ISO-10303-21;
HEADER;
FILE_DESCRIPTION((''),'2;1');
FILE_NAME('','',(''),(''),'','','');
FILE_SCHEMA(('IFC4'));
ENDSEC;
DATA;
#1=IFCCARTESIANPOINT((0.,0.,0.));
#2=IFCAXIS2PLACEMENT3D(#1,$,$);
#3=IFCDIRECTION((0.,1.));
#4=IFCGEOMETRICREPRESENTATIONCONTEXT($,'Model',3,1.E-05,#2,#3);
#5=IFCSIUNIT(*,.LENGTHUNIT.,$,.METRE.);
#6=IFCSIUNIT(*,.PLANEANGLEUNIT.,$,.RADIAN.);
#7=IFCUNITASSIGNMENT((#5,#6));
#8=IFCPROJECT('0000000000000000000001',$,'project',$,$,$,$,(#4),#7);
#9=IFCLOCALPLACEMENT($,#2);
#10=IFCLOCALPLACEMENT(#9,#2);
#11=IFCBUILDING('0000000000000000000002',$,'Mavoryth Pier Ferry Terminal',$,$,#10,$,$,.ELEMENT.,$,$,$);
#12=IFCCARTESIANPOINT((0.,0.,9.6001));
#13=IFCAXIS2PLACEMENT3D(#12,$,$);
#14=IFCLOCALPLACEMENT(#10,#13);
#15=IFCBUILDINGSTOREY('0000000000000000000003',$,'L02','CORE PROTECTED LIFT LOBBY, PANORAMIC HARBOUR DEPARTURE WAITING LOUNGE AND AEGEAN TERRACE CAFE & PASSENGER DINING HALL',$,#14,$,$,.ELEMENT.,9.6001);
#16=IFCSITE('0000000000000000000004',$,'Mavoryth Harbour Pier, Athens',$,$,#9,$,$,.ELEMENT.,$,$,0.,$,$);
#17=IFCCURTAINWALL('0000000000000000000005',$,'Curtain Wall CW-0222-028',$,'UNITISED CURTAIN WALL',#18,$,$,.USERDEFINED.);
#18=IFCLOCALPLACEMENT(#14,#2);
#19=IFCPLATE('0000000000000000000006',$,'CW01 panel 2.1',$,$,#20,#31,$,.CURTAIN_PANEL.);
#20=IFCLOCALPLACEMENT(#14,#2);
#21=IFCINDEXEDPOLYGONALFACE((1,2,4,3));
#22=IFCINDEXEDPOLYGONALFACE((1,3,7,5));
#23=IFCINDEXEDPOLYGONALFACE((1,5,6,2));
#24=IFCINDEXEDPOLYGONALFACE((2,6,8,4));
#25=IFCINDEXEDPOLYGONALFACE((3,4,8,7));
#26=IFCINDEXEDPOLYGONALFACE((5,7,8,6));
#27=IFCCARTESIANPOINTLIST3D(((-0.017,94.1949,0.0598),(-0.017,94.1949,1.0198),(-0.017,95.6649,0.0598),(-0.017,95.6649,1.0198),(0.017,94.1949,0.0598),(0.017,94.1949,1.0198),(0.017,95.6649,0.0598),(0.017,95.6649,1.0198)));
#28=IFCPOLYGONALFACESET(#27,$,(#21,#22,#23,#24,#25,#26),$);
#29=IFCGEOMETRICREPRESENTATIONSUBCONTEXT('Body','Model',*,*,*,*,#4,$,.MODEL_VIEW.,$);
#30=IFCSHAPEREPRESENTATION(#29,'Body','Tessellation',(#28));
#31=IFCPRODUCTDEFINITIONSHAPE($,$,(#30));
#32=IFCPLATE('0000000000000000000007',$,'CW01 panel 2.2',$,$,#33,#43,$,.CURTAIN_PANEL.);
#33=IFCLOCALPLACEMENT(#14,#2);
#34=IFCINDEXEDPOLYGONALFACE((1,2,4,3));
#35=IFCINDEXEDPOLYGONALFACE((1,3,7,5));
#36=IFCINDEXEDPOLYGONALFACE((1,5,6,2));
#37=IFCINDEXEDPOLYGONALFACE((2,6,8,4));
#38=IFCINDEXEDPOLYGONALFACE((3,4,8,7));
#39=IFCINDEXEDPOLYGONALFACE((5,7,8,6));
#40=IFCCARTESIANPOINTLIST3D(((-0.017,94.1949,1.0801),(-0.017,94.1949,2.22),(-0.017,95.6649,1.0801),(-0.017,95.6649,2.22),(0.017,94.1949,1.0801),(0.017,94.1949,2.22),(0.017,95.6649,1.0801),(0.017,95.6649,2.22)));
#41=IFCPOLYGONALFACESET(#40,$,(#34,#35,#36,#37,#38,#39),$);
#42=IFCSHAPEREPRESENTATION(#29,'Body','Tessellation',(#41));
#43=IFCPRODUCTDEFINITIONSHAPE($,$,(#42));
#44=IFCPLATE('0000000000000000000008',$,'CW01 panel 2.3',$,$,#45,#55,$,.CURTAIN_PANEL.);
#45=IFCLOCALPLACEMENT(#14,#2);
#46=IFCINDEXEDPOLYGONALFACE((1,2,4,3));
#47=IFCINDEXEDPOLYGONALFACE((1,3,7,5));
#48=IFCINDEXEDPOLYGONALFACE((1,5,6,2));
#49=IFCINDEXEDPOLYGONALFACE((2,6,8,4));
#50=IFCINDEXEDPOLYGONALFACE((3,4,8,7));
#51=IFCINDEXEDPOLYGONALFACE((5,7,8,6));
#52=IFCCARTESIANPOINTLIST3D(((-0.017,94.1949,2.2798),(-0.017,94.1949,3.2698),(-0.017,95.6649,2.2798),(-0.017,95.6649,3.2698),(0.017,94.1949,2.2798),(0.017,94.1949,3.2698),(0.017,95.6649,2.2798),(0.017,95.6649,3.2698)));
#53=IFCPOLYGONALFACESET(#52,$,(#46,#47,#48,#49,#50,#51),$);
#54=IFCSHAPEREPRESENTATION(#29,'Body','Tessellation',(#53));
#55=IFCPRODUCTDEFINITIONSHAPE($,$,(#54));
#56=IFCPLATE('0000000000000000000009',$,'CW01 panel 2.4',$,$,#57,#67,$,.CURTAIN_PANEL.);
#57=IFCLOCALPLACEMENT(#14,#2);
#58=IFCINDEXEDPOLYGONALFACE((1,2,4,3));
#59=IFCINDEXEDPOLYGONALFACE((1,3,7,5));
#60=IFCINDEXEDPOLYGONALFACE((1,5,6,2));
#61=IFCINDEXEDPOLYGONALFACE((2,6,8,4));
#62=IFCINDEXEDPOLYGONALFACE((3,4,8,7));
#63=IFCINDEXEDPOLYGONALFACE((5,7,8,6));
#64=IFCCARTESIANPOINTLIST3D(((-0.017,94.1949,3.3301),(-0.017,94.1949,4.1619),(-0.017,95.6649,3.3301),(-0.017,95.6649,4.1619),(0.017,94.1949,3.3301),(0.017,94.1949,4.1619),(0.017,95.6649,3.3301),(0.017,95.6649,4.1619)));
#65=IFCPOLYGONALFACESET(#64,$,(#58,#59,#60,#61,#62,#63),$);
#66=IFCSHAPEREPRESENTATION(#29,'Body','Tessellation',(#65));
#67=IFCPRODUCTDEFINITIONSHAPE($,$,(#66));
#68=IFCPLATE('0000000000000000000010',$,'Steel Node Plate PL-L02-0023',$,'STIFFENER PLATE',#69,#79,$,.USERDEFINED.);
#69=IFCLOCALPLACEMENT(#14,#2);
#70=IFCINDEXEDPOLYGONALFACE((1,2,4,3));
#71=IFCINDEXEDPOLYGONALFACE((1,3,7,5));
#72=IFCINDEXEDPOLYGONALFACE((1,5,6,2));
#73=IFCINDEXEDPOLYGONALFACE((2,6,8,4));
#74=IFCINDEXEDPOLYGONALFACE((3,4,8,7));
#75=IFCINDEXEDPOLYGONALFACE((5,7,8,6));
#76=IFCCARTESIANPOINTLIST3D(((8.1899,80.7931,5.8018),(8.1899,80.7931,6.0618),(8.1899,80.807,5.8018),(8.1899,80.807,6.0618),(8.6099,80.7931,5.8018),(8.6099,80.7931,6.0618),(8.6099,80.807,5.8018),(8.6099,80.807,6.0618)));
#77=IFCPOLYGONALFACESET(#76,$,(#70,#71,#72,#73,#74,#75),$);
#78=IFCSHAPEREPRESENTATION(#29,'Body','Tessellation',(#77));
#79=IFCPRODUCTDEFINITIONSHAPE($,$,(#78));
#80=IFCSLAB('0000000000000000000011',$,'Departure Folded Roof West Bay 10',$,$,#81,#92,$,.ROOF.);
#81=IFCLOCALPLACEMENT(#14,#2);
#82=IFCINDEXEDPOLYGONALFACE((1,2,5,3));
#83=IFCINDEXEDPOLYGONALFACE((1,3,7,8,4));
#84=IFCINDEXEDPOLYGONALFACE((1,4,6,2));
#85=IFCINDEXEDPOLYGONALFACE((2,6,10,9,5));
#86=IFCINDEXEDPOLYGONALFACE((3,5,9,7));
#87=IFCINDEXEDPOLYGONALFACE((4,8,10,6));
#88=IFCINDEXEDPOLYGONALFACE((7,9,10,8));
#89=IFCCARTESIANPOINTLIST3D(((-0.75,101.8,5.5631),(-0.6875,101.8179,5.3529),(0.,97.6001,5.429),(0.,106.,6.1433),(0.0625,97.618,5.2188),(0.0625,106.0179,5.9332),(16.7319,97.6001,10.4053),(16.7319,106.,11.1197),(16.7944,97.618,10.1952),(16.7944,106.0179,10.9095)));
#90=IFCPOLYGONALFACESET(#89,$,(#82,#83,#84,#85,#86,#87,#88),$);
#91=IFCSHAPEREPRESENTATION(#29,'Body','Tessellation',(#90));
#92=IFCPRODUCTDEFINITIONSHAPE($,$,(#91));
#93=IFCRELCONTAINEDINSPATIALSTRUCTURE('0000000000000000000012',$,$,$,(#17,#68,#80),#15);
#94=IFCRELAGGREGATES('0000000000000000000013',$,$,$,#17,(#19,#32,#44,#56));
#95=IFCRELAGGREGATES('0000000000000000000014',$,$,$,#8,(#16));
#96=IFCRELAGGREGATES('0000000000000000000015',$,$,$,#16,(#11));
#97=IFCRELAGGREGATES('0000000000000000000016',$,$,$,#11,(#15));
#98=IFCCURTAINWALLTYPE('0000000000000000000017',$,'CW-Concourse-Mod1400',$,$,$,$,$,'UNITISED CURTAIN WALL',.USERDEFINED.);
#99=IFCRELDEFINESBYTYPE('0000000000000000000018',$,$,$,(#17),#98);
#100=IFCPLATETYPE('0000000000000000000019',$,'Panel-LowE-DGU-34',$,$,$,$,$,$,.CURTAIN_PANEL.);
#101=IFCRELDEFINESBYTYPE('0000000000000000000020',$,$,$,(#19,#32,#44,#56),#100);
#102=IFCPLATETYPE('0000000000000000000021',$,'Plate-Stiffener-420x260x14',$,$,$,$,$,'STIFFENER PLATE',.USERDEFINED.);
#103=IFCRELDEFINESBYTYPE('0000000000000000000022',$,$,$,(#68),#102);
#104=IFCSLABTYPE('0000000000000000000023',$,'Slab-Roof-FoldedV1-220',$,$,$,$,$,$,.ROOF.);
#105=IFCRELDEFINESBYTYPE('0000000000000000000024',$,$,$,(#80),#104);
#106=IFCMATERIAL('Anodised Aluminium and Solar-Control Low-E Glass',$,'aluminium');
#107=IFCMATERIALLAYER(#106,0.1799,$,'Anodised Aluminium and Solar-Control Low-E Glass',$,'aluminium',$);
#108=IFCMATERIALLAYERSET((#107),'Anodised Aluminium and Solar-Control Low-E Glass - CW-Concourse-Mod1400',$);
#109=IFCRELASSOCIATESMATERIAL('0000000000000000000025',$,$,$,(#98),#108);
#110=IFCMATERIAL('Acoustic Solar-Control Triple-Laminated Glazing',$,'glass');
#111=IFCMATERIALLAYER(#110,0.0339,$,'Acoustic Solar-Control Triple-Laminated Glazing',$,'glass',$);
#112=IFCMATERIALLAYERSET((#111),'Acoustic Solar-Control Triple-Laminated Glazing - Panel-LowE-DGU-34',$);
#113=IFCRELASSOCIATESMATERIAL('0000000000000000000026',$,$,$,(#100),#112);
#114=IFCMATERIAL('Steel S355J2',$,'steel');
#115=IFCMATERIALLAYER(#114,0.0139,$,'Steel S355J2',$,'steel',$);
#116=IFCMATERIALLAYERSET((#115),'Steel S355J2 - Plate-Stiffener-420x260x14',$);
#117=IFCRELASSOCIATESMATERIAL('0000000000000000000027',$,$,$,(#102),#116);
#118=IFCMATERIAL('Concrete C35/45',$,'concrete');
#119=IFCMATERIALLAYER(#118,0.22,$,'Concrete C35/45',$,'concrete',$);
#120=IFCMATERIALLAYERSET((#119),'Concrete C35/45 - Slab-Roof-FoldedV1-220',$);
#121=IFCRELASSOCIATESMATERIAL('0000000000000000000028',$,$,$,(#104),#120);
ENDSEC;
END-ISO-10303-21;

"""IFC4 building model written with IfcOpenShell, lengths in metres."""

from ifc_helpers import new_model, si_unit, direction, frame, origin, origin_2d, place, context, subcontext, project, spatial, polyline, rectangle, outline, extrude, material, layer, layer_set, type_object, element, aggregate, save


model = new_model("IFC4")

# Units and contexts
model_context = context("Model", 3, precision=1e-05, world=origin(), true_north=direction((0.0, 1.0)))
body_context = subcontext(model_context, "Body", "Model", "MODEL_VIEW")
ifc_project = project(units=[si_unit("LENGTHUNIT", "METRE"), si_unit("PLANEANGLEUNIT", "RADIAN")], contexts=[model_context])

# Site, building, storey
site_placement = place(None, origin())
site = spatial("IfcSite", under=ifc_project, at=site_placement, Name="Mavoryth Harbour Pier, Athens", CompositionType="ELEMENT", RefElevation=0.0)
building_placement = place(site_placement, origin())
building = spatial("IfcBuilding", under=site, at=building_placement, Name="Mavoryth Pier Ferry Terminal", CompositionType="ELEMENT")
storey_placement = place(building_placement, frame((0.0, 0.0, 9.6001)))
storey = spatial("IfcBuildingStorey", under=building, at=storey_placement, Name="L02", Description="CORE PROTECTED LIFT LOBBY, PANORAMIC HARBOUR DEPARTURE WAITING LOUNGE AND AEGEAN TERRACE CAFE & PASSENGER DINING HALL", CompositionType="ELEMENT", Elevation=9.6001)

# Shared definitions
ifc_material_1 = material(Name="Steel S355J2", Category="steel")

# Curtain wall
ifc_material_2 = material(Name="Anodised Aluminium and Solar-Control Low-E Glass", Category="aluminium")
ifc_layer_1 = layer(ifc_material_2, 0.1799, Name="Anodised Aluminium and Solar-Control Low-E Glass", Category="aluminium")
ifc_layer_set_1 = layer_set([ifc_layer_1], Name="Anodised Aluminium and Solar-Control Low-E Glass - CW-Concourse-Mod1400")
curtain_wall_type = type_object("IfcCurtainWallType", Name="CW-Concourse-Mod1400", ElementType="UNITISED CURTAIN WALL", PredefinedType="USERDEFINED", material=ifc_layer_set_1)
curtain_wall_placement = place(storey_placement, origin())
curtain_wall = element("IfcCurtainWall", 1, at=curtain_wall_placement, inside=storey, type_object=curtain_wall_type, Name="Curtain Wall CW-0222-028", ObjectType="UNITISED CURTAIN WALL", PredefinedType="USERDEFINED")

# Plates
ifc_material_3 = material(Name="Acoustic Solar-Control Triple-Laminated Glazing", Category="glass")
ifc_layer_2 = layer(ifc_material_3, 0.0339, Name="Acoustic Solar-Control Triple-Laminated Glazing", Category="glass")
ifc_layer_set_2 = layer_set([ifc_layer_2], Name="Acoustic Solar-Control Triple-Laminated Glazing - Panel-LowE-DGU-34")
plate_type_1 = type_object("IfcPlateType", Name="Panel-LowE-DGU-34", PredefinedType="CURTAIN_PANEL", material=ifc_layer_set_2)
plate_1_placement = place(storey_placement, frame((0.0, 94.9299, 0.0598), z_axis=(0.0, 0.0, 1.0), x_axis=(0.0, -1.0, 0.0)))
plate_1 = element("IfcPlate", 2, at=plate_1_placement, type_object=plate_type_1, Name="CW01 panel 2.1", PredefinedType="CURTAIN_PANEL", context=body_context, shape_type="SweptSolid", body=[
    extrude(rectangle(XDim=1.47, YDim=0.0339, at=origin_2d()), origin(), (0.0, 0.0, 1.0), 0.96),
])
plate_2_placement = place(storey_placement, frame((0.0, 94.9299, 1.0801), z_axis=(0.0, 0.0, 1.0), x_axis=(0.0, -1.0, 0.0)))
plate_2 = element("IfcPlate", 3, at=plate_2_placement, type_object=plate_type_1, Name="CW01 panel 2.2", PredefinedType="CURTAIN_PANEL", context=body_context, shape_type="SweptSolid", body=[
    extrude(rectangle(XDim=1.47, YDim=0.0339, at=origin_2d()), origin(), (0.0, 0.0, 1.0), 1.1399),
])
plate_3_placement = place(storey_placement, frame((0.0, 94.9299, 2.2798), z_axis=(0.0, 0.0, 1.0), x_axis=(0.0, -1.0, 0.0)))
plate_3 = element("IfcPlate", 4, at=plate_3_placement, type_object=plate_type_1, Name="CW01 panel 2.3", PredefinedType="CURTAIN_PANEL", context=body_context, shape_type="SweptSolid", body=[
    extrude(rectangle(XDim=1.47, YDim=0.0339, at=origin_2d()), origin(), (0.0, 0.0, 1.0), 0.99),
])
plate_4_placement = place(storey_placement, frame((0.0, 94.9299, 3.3301), z_axis=(0.0, 0.0, 1.0), x_axis=(0.0, -1.0, 0.0)))
plate_4 = element("IfcPlate", 5, at=plate_4_placement, type_object=plate_type_1, Name="CW01 panel 2.4", PredefinedType="CURTAIN_PANEL", context=body_context, shape_type="SweptSolid", body=[
    extrude(rectangle(XDim=1.47, YDim=0.0339, at=origin_2d()), origin(), (0.0, 0.0, 1.0), 0.8318),
])
aggregate(curtain_wall, [plate_1, plate_2, plate_3, plate_4])
ifc_layer_3 = layer(ifc_material_1, 0.0139, Name="Steel S355J2", Category="steel")
ifc_layer_set_3 = layer_set([ifc_layer_3], Name="Steel S355J2 - Plate-Stiffener-420x260x14")
plate_type_2 = type_object("IfcPlateType", Name="Plate-Stiffener-420x260x14", ElementType="STIFFENER PLATE", PredefinedType="USERDEFINED", material=ifc_layer_set_3)
plate_5_placement = place(storey_placement, frame((8.3999, 80.8, 5.8018), z_axis=(0.0, 0.0, 1.0), x_axis=(1.0, 0.0, 0.0)))
element("IfcPlate", 6, at=plate_5_placement, inside=storey, type_object=plate_type_2, Name="Steel Node Plate PL-L02-0023", ObjectType="STIFFENER PLATE", PredefinedType="USERDEFINED", context=body_context, shape_type="SweptSolid", body=[
    extrude(rectangle(XDim=0.4199, YDim=0.0139, at=origin_2d()), origin(), (0.0, 0.0, 1.0), 0.26),
])

# Slab
ifc_material_4 = material(Name="Concrete C35/45", Category="concrete")
ifc_layer_4 = layer(ifc_material_4, 0.22, Name="Concrete C35/45", Category="concrete")
ifc_layer_set_4 = layer_set([ifc_layer_4], Name="Concrete C35/45 - Slab-Roof-FoldedV1-220")
slab_type = type_object("IfcSlabType", Name="Slab-Roof-FoldedV1-220", PredefinedType="ROOF", material=ifc_layer_set_4)
slab_placement = place(storey_placement, frame((0.0, 97.6001, 5.429), z_axis=(-0.284133, -0.081245, 0.955336), x_axis=(0.958505, 0.0, 0.285076)))
element("IfcSlab", 7, at=slab_placement, inside=storey, type_object=slab_type, Name="Departure Folded Roof West Bay 10", PredefinedType="ROOF", context=body_context, shape_type="SweptSolid", body=[
    extrude(outline(polyline([(0.0, 0.0), (17.4563, 0.0), (17.6599, 8.4278), (0.2036, 8.4278), (-0.6807, 4.2139), (0.0, 0.0)])), origin(), (0.0, 0.0, -1.0), 0.22),
])

save(model, "model.ifc")
